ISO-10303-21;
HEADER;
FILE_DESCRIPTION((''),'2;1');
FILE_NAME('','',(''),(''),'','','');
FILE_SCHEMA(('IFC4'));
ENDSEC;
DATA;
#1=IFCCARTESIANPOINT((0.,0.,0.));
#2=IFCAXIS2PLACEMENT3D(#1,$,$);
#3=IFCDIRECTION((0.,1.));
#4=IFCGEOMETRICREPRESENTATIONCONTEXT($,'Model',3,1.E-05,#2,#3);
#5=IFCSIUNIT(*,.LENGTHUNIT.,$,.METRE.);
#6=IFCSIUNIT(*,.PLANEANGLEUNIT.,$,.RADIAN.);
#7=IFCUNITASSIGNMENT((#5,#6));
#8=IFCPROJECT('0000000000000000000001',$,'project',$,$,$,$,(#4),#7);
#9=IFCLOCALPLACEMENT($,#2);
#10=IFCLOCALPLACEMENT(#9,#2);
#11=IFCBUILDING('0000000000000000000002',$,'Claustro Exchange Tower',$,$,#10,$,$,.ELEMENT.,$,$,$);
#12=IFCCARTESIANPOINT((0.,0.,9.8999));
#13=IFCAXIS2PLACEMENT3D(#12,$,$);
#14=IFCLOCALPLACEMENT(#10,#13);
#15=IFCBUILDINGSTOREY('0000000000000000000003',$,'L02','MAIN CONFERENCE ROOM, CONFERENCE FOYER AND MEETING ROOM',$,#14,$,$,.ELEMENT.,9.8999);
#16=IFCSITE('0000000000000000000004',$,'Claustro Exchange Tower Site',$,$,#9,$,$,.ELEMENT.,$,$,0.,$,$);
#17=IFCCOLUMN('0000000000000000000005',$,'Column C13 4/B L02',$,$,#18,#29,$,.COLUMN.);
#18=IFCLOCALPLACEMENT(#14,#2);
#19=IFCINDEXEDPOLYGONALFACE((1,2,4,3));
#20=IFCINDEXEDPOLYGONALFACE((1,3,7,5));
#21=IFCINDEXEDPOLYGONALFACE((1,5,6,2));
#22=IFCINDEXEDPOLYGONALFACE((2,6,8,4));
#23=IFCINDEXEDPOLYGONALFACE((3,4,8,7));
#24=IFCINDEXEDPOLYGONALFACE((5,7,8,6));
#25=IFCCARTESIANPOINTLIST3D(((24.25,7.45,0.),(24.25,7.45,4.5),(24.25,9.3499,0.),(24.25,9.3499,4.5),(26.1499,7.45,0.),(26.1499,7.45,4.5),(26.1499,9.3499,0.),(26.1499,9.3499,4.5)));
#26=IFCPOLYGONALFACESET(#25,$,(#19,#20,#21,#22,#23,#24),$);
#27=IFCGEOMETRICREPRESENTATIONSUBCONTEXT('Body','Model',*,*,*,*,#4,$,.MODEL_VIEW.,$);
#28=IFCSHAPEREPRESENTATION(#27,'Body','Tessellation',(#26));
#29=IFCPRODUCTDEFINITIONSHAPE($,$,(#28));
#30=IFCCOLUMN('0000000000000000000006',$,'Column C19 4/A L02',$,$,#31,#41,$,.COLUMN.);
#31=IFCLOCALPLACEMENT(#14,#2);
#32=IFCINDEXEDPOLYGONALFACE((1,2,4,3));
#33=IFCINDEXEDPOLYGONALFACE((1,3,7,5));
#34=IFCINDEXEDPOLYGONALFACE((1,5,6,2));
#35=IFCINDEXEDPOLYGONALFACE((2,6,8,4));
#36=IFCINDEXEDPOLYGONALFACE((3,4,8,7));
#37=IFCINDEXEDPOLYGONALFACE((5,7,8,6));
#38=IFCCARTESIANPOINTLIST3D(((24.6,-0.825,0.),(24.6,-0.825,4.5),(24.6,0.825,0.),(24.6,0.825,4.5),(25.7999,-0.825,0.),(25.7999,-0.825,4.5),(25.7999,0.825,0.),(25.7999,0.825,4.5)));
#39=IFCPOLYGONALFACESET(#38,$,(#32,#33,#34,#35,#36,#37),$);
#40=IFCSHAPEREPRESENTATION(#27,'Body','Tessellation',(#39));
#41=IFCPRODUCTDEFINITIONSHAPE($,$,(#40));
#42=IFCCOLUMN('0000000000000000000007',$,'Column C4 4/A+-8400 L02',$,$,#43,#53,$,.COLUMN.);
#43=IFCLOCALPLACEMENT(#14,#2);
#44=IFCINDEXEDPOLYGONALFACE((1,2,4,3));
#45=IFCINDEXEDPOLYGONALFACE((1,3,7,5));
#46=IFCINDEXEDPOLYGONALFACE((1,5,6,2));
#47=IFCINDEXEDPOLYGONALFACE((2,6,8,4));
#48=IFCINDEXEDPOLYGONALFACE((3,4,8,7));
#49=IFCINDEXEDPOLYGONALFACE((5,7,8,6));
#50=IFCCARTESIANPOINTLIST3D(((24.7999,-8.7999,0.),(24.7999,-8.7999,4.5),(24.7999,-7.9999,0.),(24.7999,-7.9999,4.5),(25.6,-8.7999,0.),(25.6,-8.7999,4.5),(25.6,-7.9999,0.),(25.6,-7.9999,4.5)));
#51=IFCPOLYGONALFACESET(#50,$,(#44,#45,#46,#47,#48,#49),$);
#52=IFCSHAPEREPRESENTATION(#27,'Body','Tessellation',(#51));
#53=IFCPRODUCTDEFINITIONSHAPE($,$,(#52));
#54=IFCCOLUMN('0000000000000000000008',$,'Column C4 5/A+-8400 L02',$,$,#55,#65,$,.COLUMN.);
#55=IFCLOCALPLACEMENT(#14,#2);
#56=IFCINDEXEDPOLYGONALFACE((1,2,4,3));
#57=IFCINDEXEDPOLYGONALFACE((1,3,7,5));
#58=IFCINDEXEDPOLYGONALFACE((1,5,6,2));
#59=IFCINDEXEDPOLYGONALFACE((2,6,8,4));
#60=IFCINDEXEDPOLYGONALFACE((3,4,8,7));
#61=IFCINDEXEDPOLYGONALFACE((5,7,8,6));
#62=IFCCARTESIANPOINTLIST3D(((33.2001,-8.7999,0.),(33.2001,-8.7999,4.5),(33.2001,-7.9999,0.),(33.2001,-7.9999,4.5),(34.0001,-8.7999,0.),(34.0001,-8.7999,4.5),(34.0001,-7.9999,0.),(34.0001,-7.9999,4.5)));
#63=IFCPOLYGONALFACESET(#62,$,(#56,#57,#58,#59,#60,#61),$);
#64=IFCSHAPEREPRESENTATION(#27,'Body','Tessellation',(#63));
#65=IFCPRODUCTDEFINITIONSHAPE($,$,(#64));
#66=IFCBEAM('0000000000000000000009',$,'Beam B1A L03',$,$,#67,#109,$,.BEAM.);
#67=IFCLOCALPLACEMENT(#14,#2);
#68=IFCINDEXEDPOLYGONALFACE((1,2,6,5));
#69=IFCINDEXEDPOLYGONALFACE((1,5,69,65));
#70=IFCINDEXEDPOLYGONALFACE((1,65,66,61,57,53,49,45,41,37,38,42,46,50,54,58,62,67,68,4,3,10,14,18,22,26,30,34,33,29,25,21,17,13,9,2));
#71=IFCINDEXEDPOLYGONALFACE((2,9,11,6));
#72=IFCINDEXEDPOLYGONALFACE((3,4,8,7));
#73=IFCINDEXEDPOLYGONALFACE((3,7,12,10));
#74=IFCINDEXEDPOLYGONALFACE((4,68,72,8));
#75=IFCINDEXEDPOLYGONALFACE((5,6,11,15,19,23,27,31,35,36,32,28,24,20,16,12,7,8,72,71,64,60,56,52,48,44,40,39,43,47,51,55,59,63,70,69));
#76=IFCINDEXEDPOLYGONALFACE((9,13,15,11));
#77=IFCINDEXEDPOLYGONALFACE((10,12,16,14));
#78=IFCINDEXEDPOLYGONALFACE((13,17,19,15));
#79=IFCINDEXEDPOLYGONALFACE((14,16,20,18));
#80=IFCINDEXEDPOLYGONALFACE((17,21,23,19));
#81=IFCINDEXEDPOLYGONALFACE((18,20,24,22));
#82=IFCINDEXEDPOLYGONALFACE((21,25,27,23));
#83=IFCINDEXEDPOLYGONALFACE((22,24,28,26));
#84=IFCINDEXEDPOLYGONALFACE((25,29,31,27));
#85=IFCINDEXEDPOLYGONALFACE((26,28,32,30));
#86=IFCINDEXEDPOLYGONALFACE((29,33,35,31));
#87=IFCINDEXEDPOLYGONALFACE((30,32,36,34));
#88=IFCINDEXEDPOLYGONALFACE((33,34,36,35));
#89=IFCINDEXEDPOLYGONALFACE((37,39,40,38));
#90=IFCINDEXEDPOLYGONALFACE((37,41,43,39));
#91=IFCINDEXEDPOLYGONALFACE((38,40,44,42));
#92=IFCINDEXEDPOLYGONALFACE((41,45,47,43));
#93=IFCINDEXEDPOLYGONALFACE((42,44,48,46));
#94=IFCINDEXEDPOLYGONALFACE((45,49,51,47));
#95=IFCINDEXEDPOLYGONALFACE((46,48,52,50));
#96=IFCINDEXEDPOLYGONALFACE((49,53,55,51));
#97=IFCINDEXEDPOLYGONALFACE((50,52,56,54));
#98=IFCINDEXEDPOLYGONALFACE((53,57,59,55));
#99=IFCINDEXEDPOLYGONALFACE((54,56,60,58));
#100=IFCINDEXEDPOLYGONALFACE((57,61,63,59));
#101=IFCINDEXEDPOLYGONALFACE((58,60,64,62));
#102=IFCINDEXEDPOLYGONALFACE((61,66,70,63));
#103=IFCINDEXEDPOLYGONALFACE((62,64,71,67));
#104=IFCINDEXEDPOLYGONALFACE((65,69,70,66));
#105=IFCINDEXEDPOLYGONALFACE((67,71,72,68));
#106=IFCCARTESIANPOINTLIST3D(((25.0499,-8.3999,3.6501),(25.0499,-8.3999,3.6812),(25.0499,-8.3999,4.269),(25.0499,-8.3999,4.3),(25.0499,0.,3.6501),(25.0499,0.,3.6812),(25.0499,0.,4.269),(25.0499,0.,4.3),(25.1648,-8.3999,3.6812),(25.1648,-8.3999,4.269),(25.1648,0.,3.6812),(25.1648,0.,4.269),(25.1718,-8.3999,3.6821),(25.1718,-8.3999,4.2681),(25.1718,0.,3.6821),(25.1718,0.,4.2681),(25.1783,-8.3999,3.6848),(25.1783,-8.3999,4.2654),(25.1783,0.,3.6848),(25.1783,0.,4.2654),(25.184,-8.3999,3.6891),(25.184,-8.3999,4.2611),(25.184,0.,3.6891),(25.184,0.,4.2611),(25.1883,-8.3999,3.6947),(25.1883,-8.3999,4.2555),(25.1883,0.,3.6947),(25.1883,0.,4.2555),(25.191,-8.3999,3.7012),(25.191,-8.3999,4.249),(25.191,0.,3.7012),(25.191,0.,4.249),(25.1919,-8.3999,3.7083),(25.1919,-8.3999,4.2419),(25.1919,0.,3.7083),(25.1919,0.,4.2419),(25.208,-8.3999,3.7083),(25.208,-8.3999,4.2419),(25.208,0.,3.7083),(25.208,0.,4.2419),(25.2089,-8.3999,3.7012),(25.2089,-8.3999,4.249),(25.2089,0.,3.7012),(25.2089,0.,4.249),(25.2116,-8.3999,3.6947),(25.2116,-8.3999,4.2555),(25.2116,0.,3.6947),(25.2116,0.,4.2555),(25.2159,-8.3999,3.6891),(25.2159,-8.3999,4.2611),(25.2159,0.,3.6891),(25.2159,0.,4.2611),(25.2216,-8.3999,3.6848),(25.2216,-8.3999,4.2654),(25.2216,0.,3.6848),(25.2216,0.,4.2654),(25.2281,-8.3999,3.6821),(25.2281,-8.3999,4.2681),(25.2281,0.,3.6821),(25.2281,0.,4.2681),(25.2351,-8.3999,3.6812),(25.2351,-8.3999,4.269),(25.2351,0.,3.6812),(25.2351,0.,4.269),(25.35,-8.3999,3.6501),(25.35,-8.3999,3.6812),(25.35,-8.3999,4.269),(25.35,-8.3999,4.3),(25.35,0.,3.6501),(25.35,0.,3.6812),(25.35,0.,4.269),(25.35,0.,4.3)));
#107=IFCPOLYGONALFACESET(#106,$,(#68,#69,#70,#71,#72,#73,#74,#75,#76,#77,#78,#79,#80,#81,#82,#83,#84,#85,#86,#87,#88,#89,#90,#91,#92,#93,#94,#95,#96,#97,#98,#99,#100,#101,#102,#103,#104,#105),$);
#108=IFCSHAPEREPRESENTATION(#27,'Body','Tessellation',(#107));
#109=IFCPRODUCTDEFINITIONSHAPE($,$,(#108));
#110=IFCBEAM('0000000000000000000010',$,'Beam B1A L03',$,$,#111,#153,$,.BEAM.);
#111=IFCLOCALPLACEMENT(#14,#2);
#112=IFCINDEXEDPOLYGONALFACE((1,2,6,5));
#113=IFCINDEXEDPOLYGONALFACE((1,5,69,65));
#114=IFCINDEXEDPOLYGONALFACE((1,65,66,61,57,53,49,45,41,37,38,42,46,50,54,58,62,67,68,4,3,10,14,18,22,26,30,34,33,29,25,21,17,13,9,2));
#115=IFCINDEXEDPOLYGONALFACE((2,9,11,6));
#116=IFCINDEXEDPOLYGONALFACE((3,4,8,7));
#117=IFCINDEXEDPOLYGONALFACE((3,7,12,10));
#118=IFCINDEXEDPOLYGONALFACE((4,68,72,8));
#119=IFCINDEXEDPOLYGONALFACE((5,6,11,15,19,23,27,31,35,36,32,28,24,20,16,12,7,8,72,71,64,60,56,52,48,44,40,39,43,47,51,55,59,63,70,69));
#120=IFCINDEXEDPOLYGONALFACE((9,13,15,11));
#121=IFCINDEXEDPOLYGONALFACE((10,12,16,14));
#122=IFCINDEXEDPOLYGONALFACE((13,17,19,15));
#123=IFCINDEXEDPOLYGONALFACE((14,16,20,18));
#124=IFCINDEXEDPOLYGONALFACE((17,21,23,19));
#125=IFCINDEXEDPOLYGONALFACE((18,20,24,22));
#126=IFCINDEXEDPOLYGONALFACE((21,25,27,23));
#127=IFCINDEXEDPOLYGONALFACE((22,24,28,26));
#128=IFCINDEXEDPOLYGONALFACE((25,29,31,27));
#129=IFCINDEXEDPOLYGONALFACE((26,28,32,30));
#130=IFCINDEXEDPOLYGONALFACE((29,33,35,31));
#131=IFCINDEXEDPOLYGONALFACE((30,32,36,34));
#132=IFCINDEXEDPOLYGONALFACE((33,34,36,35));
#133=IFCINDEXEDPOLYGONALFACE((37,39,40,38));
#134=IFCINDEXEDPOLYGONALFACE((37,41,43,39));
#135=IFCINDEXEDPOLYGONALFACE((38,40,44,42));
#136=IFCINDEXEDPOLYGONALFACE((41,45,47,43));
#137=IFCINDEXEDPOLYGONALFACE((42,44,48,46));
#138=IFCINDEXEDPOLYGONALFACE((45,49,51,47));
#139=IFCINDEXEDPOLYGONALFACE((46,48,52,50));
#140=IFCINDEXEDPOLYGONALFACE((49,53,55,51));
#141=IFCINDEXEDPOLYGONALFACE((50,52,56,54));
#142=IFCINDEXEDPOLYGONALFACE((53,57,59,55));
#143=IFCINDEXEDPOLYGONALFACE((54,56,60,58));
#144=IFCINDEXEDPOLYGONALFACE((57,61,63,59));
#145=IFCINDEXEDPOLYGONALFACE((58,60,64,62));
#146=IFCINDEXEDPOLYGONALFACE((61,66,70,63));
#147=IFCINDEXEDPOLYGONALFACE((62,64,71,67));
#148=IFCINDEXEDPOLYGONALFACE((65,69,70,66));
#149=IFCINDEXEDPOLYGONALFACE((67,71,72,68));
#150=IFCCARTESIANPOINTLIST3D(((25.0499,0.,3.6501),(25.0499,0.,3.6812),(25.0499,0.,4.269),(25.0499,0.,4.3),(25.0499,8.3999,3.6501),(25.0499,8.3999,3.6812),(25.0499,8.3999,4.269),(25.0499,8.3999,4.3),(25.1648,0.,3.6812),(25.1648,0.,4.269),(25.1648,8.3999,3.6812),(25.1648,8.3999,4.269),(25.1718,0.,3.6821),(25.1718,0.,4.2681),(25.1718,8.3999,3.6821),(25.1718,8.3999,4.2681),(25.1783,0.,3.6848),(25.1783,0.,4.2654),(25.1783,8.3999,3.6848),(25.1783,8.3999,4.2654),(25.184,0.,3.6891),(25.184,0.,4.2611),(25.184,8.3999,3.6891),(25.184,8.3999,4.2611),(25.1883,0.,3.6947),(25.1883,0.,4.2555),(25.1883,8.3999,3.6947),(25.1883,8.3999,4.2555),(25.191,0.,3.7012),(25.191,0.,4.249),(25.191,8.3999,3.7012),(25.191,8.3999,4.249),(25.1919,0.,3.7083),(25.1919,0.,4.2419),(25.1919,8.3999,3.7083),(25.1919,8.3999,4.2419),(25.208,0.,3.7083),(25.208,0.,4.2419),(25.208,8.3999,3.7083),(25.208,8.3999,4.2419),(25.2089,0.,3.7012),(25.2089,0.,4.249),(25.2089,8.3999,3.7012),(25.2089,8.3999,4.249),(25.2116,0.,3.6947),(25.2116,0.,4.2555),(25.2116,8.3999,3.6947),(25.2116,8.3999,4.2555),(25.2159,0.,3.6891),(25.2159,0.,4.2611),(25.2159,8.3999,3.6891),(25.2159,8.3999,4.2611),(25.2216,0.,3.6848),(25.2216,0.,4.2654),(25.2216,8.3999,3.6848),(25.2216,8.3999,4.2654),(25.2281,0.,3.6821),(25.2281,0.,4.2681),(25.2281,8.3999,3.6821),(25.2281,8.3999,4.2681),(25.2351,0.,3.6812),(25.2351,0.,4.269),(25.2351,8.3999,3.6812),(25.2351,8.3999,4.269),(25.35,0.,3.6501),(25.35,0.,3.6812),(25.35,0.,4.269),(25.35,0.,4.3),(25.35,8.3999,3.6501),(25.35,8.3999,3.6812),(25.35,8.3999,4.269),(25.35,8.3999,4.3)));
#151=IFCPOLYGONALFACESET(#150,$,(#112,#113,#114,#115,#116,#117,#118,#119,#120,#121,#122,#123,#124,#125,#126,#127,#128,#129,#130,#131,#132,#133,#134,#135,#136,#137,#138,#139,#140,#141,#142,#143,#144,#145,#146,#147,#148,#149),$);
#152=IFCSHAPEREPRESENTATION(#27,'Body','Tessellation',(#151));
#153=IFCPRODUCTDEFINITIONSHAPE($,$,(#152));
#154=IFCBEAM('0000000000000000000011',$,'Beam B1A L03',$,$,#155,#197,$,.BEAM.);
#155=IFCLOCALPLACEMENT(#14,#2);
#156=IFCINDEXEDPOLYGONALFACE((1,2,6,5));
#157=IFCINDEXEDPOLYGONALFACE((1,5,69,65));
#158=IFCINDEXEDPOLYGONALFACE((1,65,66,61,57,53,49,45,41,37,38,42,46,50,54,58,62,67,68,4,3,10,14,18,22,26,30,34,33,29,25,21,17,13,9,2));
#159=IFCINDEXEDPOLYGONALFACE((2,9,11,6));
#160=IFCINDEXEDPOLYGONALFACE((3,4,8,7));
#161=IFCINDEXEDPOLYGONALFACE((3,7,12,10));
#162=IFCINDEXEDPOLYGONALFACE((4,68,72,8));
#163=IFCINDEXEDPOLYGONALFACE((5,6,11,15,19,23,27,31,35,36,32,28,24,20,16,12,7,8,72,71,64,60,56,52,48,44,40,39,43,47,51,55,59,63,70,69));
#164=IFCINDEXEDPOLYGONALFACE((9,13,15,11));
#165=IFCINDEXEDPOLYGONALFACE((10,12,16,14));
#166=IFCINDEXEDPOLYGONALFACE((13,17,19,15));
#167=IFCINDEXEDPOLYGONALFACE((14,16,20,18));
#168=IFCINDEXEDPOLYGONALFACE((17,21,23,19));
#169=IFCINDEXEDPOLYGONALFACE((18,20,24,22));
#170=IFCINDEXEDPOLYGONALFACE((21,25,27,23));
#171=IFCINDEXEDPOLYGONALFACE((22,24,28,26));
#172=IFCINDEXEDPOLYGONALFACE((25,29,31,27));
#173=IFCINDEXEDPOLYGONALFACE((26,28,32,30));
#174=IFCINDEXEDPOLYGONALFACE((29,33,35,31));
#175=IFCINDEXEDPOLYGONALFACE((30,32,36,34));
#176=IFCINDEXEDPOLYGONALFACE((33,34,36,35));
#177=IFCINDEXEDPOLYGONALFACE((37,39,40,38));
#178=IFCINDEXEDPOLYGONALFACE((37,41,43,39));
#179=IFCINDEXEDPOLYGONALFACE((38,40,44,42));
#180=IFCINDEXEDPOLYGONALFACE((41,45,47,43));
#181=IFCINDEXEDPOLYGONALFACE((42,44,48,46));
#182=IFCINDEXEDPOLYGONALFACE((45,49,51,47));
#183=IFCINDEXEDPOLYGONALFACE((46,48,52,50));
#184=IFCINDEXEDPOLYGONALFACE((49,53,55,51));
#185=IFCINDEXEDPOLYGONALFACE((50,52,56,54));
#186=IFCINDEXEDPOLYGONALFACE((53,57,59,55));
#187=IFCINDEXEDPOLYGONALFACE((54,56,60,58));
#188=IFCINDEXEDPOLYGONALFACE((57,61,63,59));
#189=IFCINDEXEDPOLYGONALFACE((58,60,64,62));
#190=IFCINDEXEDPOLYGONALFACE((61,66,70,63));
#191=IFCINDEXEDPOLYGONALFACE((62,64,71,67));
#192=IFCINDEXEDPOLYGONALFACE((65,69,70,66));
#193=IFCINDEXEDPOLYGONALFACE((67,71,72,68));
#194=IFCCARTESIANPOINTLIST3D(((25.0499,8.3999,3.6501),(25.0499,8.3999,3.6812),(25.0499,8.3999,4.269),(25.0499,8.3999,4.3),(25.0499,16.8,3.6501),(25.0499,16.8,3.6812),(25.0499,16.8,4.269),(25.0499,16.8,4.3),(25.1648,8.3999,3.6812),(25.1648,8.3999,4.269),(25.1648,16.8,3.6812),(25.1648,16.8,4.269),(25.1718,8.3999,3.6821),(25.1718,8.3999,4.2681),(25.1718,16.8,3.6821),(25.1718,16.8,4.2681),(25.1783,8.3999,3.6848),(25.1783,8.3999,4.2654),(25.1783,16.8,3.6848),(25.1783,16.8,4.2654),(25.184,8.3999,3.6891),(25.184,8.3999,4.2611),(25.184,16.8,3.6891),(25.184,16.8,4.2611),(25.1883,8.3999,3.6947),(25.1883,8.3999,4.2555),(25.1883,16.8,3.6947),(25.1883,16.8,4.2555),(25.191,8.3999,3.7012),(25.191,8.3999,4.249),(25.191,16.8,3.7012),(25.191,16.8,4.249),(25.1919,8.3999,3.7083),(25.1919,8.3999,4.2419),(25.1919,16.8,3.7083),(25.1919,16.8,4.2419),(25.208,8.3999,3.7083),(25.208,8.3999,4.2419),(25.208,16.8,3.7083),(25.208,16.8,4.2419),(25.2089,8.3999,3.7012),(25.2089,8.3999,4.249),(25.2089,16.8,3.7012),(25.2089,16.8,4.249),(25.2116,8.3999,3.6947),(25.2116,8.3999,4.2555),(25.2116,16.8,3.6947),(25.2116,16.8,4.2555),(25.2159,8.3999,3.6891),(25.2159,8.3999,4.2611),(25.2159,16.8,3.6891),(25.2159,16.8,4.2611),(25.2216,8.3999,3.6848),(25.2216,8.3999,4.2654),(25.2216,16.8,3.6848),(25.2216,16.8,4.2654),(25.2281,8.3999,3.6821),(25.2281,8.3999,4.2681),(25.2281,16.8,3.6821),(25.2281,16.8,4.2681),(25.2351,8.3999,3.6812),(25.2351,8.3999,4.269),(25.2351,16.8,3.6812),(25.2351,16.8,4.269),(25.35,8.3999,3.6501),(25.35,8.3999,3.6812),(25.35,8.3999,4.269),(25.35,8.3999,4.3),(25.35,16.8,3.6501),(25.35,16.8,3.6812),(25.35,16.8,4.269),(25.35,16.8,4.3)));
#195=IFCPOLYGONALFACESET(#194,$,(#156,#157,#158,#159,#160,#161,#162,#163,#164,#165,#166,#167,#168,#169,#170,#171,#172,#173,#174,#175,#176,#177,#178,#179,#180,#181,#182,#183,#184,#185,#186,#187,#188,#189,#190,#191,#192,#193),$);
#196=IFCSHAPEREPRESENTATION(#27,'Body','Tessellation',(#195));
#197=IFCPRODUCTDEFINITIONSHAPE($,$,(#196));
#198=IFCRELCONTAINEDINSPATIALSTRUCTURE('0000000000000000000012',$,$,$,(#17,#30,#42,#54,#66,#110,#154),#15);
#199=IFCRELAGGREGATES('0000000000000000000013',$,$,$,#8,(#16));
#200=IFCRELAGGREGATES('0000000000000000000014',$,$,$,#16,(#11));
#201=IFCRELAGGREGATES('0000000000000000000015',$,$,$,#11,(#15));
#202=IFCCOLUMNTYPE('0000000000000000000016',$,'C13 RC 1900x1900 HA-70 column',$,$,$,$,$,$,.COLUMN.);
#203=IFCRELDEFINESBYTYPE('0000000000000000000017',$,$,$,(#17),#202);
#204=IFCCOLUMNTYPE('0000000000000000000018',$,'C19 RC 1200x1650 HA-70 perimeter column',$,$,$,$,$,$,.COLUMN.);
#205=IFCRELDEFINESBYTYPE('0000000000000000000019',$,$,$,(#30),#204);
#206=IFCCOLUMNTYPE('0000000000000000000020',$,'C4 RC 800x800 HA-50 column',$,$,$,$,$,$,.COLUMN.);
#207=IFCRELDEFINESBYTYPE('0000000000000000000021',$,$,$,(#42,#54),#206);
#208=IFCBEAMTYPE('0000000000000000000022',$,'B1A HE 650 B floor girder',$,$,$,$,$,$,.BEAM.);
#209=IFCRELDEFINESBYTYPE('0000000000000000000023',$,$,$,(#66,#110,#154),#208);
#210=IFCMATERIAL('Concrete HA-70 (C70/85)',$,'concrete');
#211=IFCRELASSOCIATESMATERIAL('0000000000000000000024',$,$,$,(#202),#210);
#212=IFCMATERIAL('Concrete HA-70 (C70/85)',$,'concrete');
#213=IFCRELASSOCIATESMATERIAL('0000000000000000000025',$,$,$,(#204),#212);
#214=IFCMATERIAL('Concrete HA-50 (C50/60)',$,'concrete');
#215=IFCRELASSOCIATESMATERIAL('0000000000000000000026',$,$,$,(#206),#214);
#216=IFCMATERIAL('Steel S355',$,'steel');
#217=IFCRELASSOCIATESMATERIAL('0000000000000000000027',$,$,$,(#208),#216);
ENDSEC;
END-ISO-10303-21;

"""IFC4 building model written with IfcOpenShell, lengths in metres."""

from ifc_helpers import new_model, si_unit, direction, frame, origin, origin_2d, place, context, subcontext, project, spatial, rectangle, i_section, extrude, material, material_profile, profile_set, type_object, element, save


model = new_model("IFC4")

# Units and contexts
model_context = context("Model", 3, precision=1e-05, world=origin(), true_north=direction((0.0, 1.0)))
body_context = subcontext(model_context, "Body", "Model", "MODEL_VIEW")
ifc_project = project(units=[si_unit("LENGTHUNIT", "METRE"), si_unit("PLANEANGLEUNIT", "RADIAN")], contexts=[model_context])

# Site, building, storey
site_placement = place(None, origin())
site = spatial("IfcSite", under=ifc_project, at=site_placement, Name="Claustro Exchange Tower Site", CompositionType="ELEMENT", RefElevation=0.0)
building_placement = place(site_placement, origin())
building = spatial("IfcBuilding", under=site, at=building_placement, Name="Claustro Exchange Tower", CompositionType="ELEMENT")
storey_placement = place(building_placement, frame((0.0, 0.0, 9.8999)))
storey = spatial("IfcBuildingStorey", under=building, at=storey_placement, Name="L02", Description="MAIN CONFERENCE ROOM, CONFERENCE FOYER AND MEETING ROOM", CompositionType="ELEMENT", Elevation=9.8999)

# Columns
ifc_material_1 = material(Name="Concrete HA-70 (C70/85)", Category="concrete")
ifc_material_profile_1 = material_profile(ifc_material_1, rectangle(XDim=1.8999, YDim=1.8999, at=origin_2d()), Name="RC 1900x1900")
ifc_profile_set_1 = profile_set([ifc_material_profile_1], Name="Concrete HA-70 (C70/85)")
column_type_1 = type_object("IfcColumnType", Name="C13 RC 1900x1900 HA-70 column", PredefinedType="COLUMN", material=ifc_profile_set_1)
column_1_placement = place(storey_placement, frame((25.2, 8.3999, 0.0), z_axis=(0.0, 0.0, 1.0), x_axis=(1.0, 0.0, 0.0)))
element("IfcColumn", 1, at=column_1_placement, inside=storey, type_object=column_type_1, Name="Column C13 4/B L02", PredefinedType="COLUMN", context=body_context, shape_type="SweptSolid", body=[
    extrude(rectangle(XDim=1.8999, YDim=1.8999, at=origin_2d()), origin(), (0.0, 0.0, 1.0), 4.5),
])
ifc_material_2 = material(Name="Concrete HA-70 (C70/85)", Category="concrete")
ifc_material_profile_2 = material_profile(ifc_material_2, rectangle(XDim=1.2, YDim=1.6499, at=origin_2d()), Name="RC 1200x1650")
ifc_profile_set_2 = profile_set([ifc_material_profile_2], Name="Concrete HA-70 (C70/85)")
column_type_2 = type_object("IfcColumnType", Name="C19 RC 1200x1650 HA-70 perimeter column", PredefinedType="COLUMN", material=ifc_profile_set_2)
column_2_placement = place(storey_placement, frame((25.2, 0.0, 0.0), z_axis=(0.0, 0.0, 1.0), x_axis=(1.0, 0.0, 0.0)))
element("IfcColumn", 2, at=column_2_placement, inside=storey, type_object=column_type_2, Name="Column C19 4/A L02", PredefinedType="COLUMN", context=body_context, shape_type="SweptSolid", body=[
    extrude(rectangle(XDim=1.2, YDim=1.6499, at=origin_2d()), origin(), (0.0, 0.0, 1.0), 4.5),
])
ifc_material_3 = material(Name="Concrete HA-50 (C50/60)", Category="concrete")
ifc_material_profile_3 = material_profile(ifc_material_3, rectangle(XDim=0.8, YDim=0.8, at=origin_2d()), Name="RC 800x800")
ifc_profile_set_3 = profile_set([ifc_material_profile_3], Name="Concrete HA-50 (C50/60)")
column_type_3 = type_object("IfcColumnType", Name="C4 RC 800x800 HA-50 column", PredefinedType="COLUMN", material=ifc_profile_set_3)
for number, where, z_axis, x_axis, name in (
    (3, (25.2, -8.3999, 0.0), (0.0, 0.0, 1.0), (1.0, 0.0, 0.0), "Column C4 4/A+-8400 L02"),
    (4, (33.6001, -8.3999, 0.0), (0.0, 0.0, 1.0), (1.0, 0.0, 0.0), "Column C4 5/A+-8400 L02"),
):
    element("IfcColumn", number, at=place(storey_placement, frame(where, z_axis=z_axis, x_axis=x_axis)), inside=storey, type_object=column_type_3, Name=name, PredefinedType="COLUMN", context=body_context, shape_type="SweptSolid", body=[
        extrude(rectangle(XDim=0.8, YDim=0.8, at=origin_2d()), origin(), (0.0, 0.0, 1.0), 4.5),
    ])

# Beams
ifc_material_4 = material(Name="Steel S355", Category="steel")
ifc_material_profile_4 = material_profile(ifc_material_4, i_section(OverallWidth=0.3, OverallDepth=0.6499, WebThickness=0.0161, FlangeThickness=0.031, FilletRadius=0.0271, at=origin_2d()), Name="HE 650 B")
ifc_profile_set_4 = profile_set([ifc_material_profile_4], Name="Steel S355")
beam_type_1 = type_object("IfcBeamType", Name="B1A HE 650 B floor girder", PredefinedType="BEAM", material=ifc_profile_set_4)
for number, where, z_axis, x_axis, name in (
    (5, (25.2, -8.3999, 3.9751), (0.0, 1.0, 0.0), (-1.0, 0.0, 0.0), "Beam B1A L03"),
    (6, (25.2, 0.0, 3.9751), (0.0, 1.0, 0.0), (-1.0, 0.0, 0.0), "Beam B1A L03"),
):
    element("IfcBeam", number, at=place(storey_placement, frame(where, z_axis=z_axis, x_axis=x_axis)), inside=storey, type_object=beam_type_1, Name=name, PredefinedType="BEAM", context=body_context, shape_type="SweptSolid", body=[
        extrude(i_section(OverallWidth=0.3, OverallDepth=0.6499, WebThickness=0.0161, FlangeThickness=0.031, FilletRadius=0.0271, at=origin_2d()), origin(), (0.0, 0.0, 1.0), 8.3999),
    ])
for number, where, z_axis, x_axis, name in (
    (7, (25.2, 8.3999, 3.9751), (0.0, 1.0, 0.0), (-1.0, 0.0, 0.0), "Beam B1A L03"),
):
    element("IfcBeam", number, at=place(storey_placement, frame(where, z_axis=z_axis, x_axis=x_axis)), inside=storey, type_object=beam_type_1, Name=name, PredefinedType="BEAM", context=body_context, shape_type="SweptSolid", body=[
        extrude(i_section(OverallWidth=0.3, OverallDepth=0.6499, WebThickness=0.0161, FlangeThickness=0.031, FilletRadius=0.0271, at=origin_2d()), origin(), (0.0, 0.0, 1.0), 8.4001),
    ])

save(model, "model.ifc")
